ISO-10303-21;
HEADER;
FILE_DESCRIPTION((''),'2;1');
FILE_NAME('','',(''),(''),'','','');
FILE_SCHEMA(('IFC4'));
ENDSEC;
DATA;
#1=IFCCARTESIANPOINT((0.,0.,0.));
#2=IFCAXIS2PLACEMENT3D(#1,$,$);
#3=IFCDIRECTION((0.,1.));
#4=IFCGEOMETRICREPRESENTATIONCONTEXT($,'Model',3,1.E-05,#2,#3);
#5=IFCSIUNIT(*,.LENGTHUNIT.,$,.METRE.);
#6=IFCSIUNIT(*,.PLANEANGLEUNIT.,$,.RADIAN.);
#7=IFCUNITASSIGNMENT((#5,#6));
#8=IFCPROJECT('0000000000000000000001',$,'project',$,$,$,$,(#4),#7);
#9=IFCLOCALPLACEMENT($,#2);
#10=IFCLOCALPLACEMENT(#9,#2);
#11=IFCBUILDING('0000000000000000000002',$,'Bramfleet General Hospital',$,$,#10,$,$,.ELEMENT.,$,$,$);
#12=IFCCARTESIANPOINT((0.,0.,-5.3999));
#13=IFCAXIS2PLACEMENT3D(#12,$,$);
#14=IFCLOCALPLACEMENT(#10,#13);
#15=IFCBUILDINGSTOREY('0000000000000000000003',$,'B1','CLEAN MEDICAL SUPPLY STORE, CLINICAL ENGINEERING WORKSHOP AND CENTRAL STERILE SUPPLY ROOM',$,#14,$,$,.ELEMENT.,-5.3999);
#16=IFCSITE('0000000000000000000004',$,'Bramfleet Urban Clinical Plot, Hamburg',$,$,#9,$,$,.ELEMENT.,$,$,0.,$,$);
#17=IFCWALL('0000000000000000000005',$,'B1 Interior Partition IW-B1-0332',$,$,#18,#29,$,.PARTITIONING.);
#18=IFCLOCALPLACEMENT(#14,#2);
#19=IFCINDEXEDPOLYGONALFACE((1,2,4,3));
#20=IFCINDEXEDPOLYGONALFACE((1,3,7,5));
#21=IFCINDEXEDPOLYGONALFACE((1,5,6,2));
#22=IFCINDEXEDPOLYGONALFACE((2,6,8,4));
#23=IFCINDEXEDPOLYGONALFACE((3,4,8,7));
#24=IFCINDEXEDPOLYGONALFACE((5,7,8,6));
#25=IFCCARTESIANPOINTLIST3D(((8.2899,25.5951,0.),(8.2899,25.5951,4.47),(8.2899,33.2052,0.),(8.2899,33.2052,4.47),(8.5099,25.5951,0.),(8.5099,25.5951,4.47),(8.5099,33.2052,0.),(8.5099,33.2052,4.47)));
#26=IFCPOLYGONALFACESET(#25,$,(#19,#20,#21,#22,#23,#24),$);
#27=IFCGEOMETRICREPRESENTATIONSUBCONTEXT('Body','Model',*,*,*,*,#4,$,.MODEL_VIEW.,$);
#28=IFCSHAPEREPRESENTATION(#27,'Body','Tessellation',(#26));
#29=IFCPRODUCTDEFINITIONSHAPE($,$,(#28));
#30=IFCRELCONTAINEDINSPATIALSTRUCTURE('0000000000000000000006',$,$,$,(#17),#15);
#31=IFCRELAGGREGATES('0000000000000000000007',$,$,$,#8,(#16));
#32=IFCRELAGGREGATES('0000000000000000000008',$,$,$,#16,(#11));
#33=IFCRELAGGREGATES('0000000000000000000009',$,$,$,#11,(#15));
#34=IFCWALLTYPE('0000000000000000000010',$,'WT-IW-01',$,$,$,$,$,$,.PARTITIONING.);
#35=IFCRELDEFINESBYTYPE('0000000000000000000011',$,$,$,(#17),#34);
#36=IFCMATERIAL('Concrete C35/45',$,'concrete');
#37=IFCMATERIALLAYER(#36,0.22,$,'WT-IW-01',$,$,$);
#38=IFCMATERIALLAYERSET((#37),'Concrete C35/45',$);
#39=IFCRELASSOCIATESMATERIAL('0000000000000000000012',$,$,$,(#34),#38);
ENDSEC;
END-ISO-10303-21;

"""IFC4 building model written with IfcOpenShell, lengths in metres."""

from ifc_helpers import new_model, si_unit, direction, frame, frame_2d, origin, place, context, subcontext, project, spatial, rectangle, extrude, material, layer, layer_set, type_object, element, save


model = new_model("IFC4")

# Units and contexts
model_context = context("Model", 3, precision=1e-05, world=origin(), true_north=direction((0.0, 1.0)))
body_context = subcontext(model_context, "Body", "Model", "MODEL_VIEW")
ifc_project = project(units=[si_unit("LENGTHUNIT", "METRE"), si_unit("PLANEANGLEUNIT", "RADIAN")], contexts=[model_context])

# Site, building, storey
site_placement = place(None, origin())
site = spatial("IfcSite", under=ifc_project, at=site_placement, Name="Bramfleet Urban Clinical Plot, Hamburg", CompositionType="ELEMENT", RefElevation=0.0)
building_placement = place(site_placement, origin())
building = spatial("IfcBuilding", under=site, at=building_placement, Name="Bramfleet General Hospital", CompositionType="ELEMENT")
storey_placement = place(building_placement, frame((0.0, 0.0, -5.3999)))
storey = spatial("IfcBuildingStorey", under=building, at=storey_placement, Name="B1", Description="CLEAN MEDICAL SUPPLY STORE, CLINICAL ENGINEERING WORKSHOP AND CENTRAL STERILE SUPPLY ROOM", CompositionType="ELEMENT", Elevation=-5.3999)

# Shared definitions
ifc_material_1 = material(Name="Concrete C35/45", Category="concrete")

# Shared definitions
ifc_layer_1 = layer(ifc_material_1, 0.22, Name="WT-IW-01")
ifc_layer_set_1 = layer_set([ifc_layer_1], Name="Concrete C35/45")
wall_type_1 = type_object("IfcWallType", Name="WT-IW-01", PredefinedType="PARTITIONING", material=ifc_layer_set_1)

# Wall
wall_1_placement = place(storey_placement, frame((8.3999, 25.595, 0.0), z_axis=(0.0, 0.0, 1.0), x_axis=(0.0, 1.0, 0.0)))
element("IfcWall", 1, at=wall_1_placement, inside=storey, type_object=wall_type_1, Name="B1 Interior Partition IW-B1-0332", PredefinedType="PARTITIONING", context=body_context, shape_type="SweptSolid", body=[
    extrude(rectangle(XDim=7.6101, YDim=0.22, at=frame_2d((3.8052, 0.0))), origin(), (0.0, 0.0, 1.0), 4.47),
])

save(model, "model.ifc")
